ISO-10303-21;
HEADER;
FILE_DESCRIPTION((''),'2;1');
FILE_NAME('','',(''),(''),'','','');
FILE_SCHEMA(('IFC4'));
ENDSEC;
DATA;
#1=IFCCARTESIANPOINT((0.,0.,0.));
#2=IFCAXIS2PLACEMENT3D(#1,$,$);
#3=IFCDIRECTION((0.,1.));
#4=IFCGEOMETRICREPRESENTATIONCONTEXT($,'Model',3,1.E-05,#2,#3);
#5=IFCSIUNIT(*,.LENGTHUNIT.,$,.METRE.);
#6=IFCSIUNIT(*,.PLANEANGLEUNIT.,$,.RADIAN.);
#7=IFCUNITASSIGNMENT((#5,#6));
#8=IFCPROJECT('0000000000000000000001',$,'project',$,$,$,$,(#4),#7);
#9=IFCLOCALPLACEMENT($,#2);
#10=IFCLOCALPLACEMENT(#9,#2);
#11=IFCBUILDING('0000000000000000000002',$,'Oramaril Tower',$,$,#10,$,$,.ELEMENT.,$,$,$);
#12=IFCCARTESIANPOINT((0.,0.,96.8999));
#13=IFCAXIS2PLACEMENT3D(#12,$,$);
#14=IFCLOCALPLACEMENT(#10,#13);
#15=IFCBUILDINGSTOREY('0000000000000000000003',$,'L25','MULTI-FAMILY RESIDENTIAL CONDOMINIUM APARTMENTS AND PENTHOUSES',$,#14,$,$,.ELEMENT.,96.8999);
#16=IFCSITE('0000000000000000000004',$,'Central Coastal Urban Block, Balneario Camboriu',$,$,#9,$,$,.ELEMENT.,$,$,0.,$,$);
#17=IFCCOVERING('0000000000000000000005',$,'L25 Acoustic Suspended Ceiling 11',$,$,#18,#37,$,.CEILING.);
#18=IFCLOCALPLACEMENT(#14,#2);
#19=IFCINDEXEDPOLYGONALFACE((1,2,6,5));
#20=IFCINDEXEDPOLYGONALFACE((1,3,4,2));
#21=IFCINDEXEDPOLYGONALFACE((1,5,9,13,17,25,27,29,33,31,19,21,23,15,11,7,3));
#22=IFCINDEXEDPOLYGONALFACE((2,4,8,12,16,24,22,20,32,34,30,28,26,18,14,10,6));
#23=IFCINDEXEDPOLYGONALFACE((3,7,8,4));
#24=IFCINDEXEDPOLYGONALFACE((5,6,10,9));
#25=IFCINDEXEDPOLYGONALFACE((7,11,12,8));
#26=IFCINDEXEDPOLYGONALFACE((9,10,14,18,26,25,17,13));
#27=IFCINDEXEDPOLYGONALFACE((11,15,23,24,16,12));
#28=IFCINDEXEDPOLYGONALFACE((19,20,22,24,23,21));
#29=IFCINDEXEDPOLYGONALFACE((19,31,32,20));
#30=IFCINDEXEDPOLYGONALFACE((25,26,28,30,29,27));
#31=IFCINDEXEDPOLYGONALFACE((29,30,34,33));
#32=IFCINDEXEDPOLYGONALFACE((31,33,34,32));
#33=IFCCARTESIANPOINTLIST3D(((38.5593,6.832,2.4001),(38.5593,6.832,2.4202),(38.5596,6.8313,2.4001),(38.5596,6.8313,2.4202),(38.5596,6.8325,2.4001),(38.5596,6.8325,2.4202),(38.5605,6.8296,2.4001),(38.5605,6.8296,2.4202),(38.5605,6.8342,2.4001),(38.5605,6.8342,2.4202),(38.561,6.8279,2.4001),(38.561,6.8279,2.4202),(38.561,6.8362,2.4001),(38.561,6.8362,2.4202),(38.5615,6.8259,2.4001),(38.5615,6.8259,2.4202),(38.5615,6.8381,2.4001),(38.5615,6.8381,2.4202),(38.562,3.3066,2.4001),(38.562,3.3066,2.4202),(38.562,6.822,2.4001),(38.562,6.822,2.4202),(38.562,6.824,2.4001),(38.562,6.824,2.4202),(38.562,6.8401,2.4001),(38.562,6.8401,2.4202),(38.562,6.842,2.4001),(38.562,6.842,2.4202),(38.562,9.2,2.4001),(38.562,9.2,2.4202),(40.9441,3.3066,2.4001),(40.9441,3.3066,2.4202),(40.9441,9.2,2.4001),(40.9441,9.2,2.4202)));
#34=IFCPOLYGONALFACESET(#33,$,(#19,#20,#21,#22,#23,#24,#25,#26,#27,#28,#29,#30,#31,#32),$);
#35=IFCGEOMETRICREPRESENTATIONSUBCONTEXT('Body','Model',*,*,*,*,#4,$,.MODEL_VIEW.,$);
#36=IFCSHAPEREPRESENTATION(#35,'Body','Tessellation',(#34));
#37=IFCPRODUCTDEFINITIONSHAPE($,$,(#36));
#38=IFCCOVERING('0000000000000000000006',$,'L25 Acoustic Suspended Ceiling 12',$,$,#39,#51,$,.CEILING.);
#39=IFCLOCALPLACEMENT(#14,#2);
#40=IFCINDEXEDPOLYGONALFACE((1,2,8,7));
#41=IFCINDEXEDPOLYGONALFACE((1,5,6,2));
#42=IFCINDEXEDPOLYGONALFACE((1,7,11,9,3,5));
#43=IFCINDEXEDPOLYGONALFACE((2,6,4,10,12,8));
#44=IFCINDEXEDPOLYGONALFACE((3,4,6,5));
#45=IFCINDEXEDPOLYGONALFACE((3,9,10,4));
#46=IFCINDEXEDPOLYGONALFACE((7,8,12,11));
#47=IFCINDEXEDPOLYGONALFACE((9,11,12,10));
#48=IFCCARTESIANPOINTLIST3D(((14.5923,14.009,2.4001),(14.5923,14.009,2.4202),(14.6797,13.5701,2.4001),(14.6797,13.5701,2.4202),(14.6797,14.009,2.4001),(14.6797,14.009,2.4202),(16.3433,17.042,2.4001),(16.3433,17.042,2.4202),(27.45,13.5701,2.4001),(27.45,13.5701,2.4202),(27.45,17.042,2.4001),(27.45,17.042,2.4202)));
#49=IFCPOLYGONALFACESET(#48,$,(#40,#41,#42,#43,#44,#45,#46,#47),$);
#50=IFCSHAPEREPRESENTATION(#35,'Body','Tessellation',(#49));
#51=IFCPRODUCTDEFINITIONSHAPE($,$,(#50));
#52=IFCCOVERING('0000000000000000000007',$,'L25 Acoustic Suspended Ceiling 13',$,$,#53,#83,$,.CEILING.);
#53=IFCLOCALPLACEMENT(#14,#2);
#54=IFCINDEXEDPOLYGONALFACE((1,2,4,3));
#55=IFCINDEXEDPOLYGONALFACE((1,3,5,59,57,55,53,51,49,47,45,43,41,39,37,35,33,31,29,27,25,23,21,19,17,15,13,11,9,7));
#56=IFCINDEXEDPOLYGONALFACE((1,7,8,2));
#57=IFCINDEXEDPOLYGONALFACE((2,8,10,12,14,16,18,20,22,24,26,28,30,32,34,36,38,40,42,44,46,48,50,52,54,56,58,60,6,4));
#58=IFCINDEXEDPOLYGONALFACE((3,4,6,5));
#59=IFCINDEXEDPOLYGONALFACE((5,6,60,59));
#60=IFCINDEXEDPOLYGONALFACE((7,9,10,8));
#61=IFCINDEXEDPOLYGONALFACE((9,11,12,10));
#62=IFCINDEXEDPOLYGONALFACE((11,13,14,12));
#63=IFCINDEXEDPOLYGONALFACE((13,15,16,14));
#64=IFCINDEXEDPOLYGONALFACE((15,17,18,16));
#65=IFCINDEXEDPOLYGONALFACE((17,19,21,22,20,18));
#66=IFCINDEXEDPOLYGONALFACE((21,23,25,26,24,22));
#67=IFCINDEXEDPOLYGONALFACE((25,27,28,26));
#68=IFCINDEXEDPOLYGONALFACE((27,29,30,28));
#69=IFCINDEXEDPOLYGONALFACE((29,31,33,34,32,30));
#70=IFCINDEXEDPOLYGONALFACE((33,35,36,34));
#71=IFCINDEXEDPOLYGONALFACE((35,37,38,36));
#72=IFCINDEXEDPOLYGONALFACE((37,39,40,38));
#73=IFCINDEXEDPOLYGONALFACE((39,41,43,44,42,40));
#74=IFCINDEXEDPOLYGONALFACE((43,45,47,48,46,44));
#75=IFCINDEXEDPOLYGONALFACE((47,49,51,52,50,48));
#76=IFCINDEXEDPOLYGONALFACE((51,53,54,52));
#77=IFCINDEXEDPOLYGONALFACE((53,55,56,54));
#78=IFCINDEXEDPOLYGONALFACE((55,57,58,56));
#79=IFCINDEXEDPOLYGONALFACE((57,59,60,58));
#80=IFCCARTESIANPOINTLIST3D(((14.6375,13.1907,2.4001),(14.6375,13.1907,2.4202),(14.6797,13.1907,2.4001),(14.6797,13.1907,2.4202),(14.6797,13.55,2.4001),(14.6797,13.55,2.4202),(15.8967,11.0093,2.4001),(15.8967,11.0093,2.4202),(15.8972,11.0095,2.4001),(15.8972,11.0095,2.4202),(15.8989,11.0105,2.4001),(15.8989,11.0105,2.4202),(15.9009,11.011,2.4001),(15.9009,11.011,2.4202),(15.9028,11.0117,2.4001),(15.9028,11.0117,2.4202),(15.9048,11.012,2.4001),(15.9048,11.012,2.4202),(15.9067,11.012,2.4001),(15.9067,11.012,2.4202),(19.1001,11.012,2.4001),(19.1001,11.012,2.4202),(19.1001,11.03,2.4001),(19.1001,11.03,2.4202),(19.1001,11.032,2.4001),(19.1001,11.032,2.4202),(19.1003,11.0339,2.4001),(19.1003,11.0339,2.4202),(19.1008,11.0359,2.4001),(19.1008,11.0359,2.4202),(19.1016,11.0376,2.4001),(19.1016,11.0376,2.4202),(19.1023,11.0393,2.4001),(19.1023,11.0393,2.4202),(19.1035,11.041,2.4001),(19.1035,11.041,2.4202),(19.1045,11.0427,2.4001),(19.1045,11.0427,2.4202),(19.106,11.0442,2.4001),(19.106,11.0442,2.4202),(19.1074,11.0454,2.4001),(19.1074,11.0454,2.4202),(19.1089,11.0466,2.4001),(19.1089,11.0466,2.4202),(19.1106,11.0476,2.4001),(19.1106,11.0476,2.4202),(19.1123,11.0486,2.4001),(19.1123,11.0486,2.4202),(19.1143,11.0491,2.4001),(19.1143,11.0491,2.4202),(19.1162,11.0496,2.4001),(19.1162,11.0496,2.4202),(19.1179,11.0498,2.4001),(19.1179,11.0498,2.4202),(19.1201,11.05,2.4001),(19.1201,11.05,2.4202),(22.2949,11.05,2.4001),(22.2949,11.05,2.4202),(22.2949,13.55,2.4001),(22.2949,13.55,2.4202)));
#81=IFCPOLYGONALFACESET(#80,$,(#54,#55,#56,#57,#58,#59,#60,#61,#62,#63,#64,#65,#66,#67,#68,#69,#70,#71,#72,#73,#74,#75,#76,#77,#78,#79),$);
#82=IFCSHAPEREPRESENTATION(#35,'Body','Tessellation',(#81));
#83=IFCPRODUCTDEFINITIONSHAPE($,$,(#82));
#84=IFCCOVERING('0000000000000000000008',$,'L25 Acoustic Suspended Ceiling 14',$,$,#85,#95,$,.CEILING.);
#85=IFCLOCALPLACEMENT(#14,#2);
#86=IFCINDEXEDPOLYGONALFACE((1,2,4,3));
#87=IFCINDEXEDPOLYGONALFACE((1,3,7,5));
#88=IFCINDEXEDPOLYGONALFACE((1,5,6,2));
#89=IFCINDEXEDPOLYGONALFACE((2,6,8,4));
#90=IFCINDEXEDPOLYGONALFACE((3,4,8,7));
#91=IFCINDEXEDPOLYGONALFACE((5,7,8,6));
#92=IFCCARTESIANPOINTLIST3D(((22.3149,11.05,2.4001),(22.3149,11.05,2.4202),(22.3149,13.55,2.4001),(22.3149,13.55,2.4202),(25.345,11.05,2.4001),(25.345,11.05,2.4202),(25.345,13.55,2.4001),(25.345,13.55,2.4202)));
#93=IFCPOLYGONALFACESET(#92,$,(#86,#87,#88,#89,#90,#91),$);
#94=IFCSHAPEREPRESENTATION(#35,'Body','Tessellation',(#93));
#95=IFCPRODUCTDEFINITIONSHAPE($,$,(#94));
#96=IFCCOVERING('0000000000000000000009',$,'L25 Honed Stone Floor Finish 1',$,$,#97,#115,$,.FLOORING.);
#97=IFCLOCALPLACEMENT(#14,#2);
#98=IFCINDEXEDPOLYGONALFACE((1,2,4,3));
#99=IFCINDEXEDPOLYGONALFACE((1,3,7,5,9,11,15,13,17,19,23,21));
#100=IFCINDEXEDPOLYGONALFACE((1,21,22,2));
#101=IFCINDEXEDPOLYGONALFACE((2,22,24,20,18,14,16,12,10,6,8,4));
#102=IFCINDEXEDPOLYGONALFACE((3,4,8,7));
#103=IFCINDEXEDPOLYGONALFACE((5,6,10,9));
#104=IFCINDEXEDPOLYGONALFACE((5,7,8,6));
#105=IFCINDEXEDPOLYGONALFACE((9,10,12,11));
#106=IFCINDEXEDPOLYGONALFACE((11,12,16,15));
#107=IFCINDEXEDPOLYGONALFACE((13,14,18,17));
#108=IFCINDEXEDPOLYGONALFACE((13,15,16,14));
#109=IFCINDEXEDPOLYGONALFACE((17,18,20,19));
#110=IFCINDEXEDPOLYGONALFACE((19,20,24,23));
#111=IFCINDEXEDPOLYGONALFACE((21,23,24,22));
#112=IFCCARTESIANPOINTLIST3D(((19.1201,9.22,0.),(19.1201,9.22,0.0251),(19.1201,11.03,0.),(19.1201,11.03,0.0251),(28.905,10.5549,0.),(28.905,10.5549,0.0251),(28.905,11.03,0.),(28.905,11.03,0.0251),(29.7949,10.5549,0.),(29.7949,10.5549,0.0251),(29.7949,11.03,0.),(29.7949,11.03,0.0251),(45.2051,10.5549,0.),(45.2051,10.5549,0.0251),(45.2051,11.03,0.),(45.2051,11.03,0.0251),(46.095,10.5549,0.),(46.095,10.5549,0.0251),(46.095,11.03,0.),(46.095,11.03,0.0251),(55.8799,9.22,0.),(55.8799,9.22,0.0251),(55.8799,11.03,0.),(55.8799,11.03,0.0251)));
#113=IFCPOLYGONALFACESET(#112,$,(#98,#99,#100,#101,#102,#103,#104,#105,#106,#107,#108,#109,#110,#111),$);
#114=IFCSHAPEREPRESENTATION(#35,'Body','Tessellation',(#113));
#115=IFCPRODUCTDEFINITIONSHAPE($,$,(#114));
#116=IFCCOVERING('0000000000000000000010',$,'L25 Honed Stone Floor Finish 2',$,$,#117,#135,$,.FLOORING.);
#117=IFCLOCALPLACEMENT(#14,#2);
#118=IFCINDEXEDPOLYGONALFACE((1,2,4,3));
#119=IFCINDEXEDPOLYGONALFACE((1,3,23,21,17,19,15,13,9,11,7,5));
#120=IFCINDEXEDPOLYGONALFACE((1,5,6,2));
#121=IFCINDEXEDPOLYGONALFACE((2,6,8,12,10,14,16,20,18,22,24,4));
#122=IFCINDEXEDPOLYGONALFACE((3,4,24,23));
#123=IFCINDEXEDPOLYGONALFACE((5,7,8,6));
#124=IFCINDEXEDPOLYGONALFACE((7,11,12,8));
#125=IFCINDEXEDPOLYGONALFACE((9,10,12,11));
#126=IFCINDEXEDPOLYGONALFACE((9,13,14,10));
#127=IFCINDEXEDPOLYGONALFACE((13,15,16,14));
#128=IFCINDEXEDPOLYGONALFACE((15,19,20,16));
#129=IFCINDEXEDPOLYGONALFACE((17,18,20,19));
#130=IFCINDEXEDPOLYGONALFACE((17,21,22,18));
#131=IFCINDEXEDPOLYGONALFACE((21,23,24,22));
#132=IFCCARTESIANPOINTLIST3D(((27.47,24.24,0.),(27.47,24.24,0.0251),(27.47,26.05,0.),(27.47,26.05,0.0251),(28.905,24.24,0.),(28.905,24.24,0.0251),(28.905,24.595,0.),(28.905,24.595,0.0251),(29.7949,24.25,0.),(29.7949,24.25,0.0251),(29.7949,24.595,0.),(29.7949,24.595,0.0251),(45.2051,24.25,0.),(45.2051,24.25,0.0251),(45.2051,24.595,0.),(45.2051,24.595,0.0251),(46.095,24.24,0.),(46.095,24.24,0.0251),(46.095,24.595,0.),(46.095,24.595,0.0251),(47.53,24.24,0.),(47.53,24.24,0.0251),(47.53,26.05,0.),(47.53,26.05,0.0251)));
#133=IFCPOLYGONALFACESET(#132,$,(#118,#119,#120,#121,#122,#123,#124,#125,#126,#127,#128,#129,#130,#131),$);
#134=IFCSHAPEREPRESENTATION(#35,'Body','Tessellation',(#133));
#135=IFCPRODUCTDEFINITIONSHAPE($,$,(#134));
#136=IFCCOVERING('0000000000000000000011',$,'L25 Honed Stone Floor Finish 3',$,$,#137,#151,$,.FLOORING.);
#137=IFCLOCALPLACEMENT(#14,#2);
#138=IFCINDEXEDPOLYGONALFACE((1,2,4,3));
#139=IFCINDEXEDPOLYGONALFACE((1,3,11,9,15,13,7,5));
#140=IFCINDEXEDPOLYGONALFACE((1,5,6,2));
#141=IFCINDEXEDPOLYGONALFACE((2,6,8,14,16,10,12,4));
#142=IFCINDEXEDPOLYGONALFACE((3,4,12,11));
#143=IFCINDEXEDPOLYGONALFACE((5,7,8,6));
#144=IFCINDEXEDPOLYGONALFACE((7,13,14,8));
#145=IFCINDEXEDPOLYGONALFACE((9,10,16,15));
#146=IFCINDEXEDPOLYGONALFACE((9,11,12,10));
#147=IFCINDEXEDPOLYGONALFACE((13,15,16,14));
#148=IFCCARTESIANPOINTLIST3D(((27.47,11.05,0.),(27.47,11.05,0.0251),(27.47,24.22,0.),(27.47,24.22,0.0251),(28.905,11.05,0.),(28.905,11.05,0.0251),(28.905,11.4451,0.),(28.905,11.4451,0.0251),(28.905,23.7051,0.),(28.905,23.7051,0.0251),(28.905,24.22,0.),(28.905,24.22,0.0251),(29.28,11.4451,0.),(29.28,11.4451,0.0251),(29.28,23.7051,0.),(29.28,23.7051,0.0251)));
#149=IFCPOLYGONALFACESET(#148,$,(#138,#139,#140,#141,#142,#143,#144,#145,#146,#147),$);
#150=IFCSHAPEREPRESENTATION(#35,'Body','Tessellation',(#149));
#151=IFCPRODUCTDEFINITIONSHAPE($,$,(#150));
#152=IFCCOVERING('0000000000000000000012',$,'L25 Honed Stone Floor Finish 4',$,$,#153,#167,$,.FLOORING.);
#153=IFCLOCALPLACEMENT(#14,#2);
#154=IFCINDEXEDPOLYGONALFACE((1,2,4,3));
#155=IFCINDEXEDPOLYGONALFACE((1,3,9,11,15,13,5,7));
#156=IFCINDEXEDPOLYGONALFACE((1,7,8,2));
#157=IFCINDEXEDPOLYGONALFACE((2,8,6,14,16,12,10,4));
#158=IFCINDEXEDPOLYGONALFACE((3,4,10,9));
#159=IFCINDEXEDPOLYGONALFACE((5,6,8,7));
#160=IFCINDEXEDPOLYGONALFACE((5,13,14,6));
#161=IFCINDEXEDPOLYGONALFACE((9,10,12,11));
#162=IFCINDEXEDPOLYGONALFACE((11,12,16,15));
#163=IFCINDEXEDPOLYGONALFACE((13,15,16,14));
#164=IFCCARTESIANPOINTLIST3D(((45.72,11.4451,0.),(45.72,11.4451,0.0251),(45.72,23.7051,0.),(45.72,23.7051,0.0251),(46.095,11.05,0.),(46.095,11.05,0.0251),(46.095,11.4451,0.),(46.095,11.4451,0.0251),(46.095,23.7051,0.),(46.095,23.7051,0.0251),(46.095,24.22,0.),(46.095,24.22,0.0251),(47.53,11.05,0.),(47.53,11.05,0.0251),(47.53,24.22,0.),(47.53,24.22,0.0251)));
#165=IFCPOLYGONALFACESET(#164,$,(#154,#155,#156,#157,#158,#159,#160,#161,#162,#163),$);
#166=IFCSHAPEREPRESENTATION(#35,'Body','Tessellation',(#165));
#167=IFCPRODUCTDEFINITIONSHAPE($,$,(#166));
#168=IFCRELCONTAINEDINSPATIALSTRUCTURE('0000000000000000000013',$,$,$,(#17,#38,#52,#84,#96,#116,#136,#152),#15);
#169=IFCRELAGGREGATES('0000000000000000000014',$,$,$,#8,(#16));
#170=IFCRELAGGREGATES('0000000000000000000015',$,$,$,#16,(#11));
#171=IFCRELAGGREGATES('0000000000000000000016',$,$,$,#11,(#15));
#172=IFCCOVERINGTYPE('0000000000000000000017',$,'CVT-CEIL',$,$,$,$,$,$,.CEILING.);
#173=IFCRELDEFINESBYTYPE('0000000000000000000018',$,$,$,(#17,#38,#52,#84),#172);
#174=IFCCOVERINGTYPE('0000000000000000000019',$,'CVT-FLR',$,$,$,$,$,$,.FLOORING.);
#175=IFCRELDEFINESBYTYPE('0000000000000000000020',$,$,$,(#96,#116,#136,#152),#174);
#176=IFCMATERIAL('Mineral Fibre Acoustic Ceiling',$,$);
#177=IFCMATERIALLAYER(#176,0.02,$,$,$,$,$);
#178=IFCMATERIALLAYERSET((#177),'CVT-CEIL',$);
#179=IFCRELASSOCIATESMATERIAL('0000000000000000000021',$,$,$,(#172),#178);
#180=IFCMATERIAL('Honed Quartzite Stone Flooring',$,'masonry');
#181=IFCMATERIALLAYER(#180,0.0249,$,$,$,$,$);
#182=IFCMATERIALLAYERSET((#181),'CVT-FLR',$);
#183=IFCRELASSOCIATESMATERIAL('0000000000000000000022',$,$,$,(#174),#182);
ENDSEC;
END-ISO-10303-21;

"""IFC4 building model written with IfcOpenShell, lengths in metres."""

from ifc_helpers import new_model, si_unit, direction, frame, origin, place, context, subcontext, project, spatial, polyline, outline, extrude, material, layer, layer_set, type_object, element, save


model = new_model("IFC4")

# Units and contexts
model_context = context("Model", 3, precision=1e-05, world=origin(), true_north=direction((0.0, 1.0)))
body_context = subcontext(model_context, "Body", "Model", "MODEL_VIEW")
ifc_project = project(units=[si_unit("LENGTHUNIT", "METRE"), si_unit("PLANEANGLEUNIT", "RADIAN")], contexts=[model_context])

# Site, building, storey
site_placement = place(None, origin())
site = spatial("IfcSite", under=ifc_project, at=site_placement, Name="Central Coastal Urban Block, Balneario Camboriu", CompositionType="ELEMENT", RefElevation=0.0)
building_placement = place(site_placement, origin())
building = spatial("IfcBuilding", under=site, at=building_placement, Name="Oramaril Tower", CompositionType="ELEMENT")
storey_placement = place(building_placement, frame((0.0, 0.0, 96.8999)))
storey = spatial("IfcBuildingStorey", under=building, at=storey_placement, Name="L25", Description="MULTI-FAMILY RESIDENTIAL CONDOMINIUM APARTMENTS AND PENTHOUSES", CompositionType="ELEMENT", Elevation=96.8999)

# Coverings
ifc_material_1 = material(Name="Mineral Fibre Acoustic Ceiling")
ifc_layer_1 = layer(ifc_material_1, 0.02)
ifc_layer_set_1 = layer_set([ifc_layer_1], Name="CVT-CEIL")
covering_type_1 = type_object("IfcCoveringType", Name="CVT-CEIL", PredefinedType="CEILING", material=ifc_layer_set_1)
covering_1_placement = place(storey_placement, frame((0.0, 0.0, 2.4001)))
element("IfcCovering", 1, at=covering_1_placement, inside=storey, type_object=covering_type_1, Name="L25 Acoustic Suspended Ceiling 11", PredefinedType="CEILING", context=body_context, shape_type="SweptSolid", body=[
    extrude(outline(polyline([(38.562, 3.3066), (38.562, 6.822), (38.562, 6.824), (38.5615, 6.8259), (38.561, 6.8279), (38.5605, 6.8296), (38.5596, 6.8313), (38.5593, 6.832), (38.5596, 6.8325), (38.5605, 6.8342), (38.561, 6.8362), (38.5615, 6.8381), (38.562, 6.8401), (38.562, 6.842), (38.562, 9.2), (40.9441, 9.2), (40.9441, 3.3066), (38.562, 3.3066)])), origin(), (0.0, 0.0, 1.0), 0.02),
])
covering_2_placement = place(storey_placement, frame((0.0, 0.0, 2.4001)))
element("IfcCovering", 2, at=covering_2_placement, inside=storey, type_object=covering_type_1, Name="L25 Acoustic Suspended Ceiling 12", PredefinedType="CEILING", context=body_context, shape_type="SweptSolid", body=[
    extrude(outline(polyline([(27.45, 17.042), (27.45, 13.5701), (14.6797, 13.5701), (14.6797, 14.009), (14.5923, 14.009), (16.3433, 17.042), (27.45, 17.042)])), origin(), (0.0, 0.0, 1.0), 0.02),
])
covering_3_placement = place(storey_placement, frame((0.0, 0.0, 2.4001)))
element("IfcCovering", 3, at=covering_3_placement, inside=storey, type_object=covering_type_1, Name="L25 Acoustic Suspended Ceiling 13", PredefinedType="CEILING", context=body_context, shape_type="SweptSolid", body=[
    extrude(outline(polyline([(14.6797, 13.1907), (14.6797, 13.55), (22.2949, 13.55), (22.2949, 11.05), (19.1201, 11.05), (19.1179, 11.0498), (19.1162, 11.0496), (19.1143, 11.0491), (19.1123, 11.0486), (19.1106, 11.0476), (19.1089, 11.0466), (19.1074, 11.0454), (19.106, 11.0442), (19.1045, 11.0427), (19.1035, 11.041), (19.1023, 11.0393), (19.1016, 11.0376), (19.1008, 11.0359), (19.1003, 11.0339), (19.1001, 11.032), (19.1001, 11.03), (19.1001, 11.012), (15.9067, 11.012), (15.9048, 11.012), (15.9028, 11.0117), (15.9009, 11.011), (15.8989, 11.0105), (15.8972, 11.0095), (15.8967, 11.0093), (14.6375, 13.1907), (14.6797, 13.1907)])), origin(), (0.0, 0.0, 1.0), 0.02),
])
covering_4_placement = place(storey_placement, frame((0.0, 0.0, 2.4001)))
element("IfcCovering", 4, at=covering_4_placement, inside=storey, type_object=covering_type_1, Name="L25 Acoustic Suspended Ceiling 14", PredefinedType="CEILING", context=body_context, shape_type="SweptSolid", body=[
    extrude(outline(polyline([(25.345, 11.05), (22.3149, 11.05), (22.3149, 13.55), (25.345, 13.55), (25.345, 11.05)])), origin(), (0.0, 0.0, 1.0), 0.02),
])
ifc_material_2 = material(Name="Honed Quartzite Stone Flooring", Category="masonry")
ifc_layer_2 = layer(ifc_material_2, 0.0249)
ifc_layer_set_2 = layer_set([ifc_layer_2], Name="CVT-FLR")
covering_type_2 = type_object("IfcCoveringType", Name="CVT-FLR", PredefinedType="FLOORING", material=ifc_layer_set_2)
covering_5_placement = place(storey_placement, origin())
element("IfcCovering", 5, at=covering_5_placement, inside=storey, type_object=covering_type_2, Name="L25 Honed Stone Floor Finish 1", PredefinedType="FLOORING", context=body_context, shape_type="SweptSolid", body=[
    extrude(outline(polyline([(28.905, 10.5549), (29.7949, 10.5549), (29.7949, 11.03), (45.2051, 11.03), (45.2051, 10.5549), (46.095, 10.5549), (46.095, 11.03), (55.8799, 11.03), (55.8799, 9.22), (19.1201, 9.22), (19.1201, 11.03), (28.905, 11.03), (28.905, 10.5549)])), origin(), (0.0, 0.0, 1.0), 0.0251),
])
covering_6_placement = place(storey_placement, origin())
element("IfcCovering", 6, at=covering_6_placement, inside=storey, type_object=covering_type_2, Name="L25 Honed Stone Floor Finish 2", PredefinedType="FLOORING", context=body_context, shape_type="SweptSolid", body=[
    extrude(outline(polyline([(47.53, 24.24), (46.095, 24.24), (46.095, 24.595), (45.2051, 24.595), (45.2051, 24.25), (29.7949, 24.25), (29.7949, 24.595), (28.905, 24.595), (28.905, 24.24), (27.47, 24.24), (27.47, 26.05), (47.53, 26.05), (47.53, 24.24)])), origin(), (0.0, 0.0, 1.0), 0.0251),
])
covering_7_placement = place(storey_placement, origin())
element("IfcCovering", 7, at=covering_7_placement, inside=storey, type_object=covering_type_2, Name="L25 Honed Stone Floor Finish 3", PredefinedType="FLOORING", context=body_context, shape_type="SweptSolid", body=[
    extrude(outline(polyline([(28.905, 23.7051), (29.28, 23.7051), (29.28, 11.4451), (28.905, 11.4451), (28.905, 11.05), (27.47, 11.05), (27.47, 24.22), (28.905, 24.22), (28.905, 23.7051)])), origin(), (0.0, 0.0, 1.0), 0.0251),
])
covering_8_placement = place(storey_placement, origin())
element("IfcCovering", 8, at=covering_8_placement, inside=storey, type_object=covering_type_2, Name="L25 Honed Stone Floor Finish 4", PredefinedType="FLOORING", context=body_context, shape_type="SweptSolid", body=[
    extrude(outline(polyline([(47.53, 11.05), (46.095, 11.05), (46.095, 11.4451), (45.72, 11.4451), (45.72, 23.7051), (46.095, 23.7051), (46.095, 24.22), (47.53, 24.22), (47.53, 11.05)])), origin(), (0.0, 0.0, 1.0), 0.0251),
])

save(model, "model.ifc")
